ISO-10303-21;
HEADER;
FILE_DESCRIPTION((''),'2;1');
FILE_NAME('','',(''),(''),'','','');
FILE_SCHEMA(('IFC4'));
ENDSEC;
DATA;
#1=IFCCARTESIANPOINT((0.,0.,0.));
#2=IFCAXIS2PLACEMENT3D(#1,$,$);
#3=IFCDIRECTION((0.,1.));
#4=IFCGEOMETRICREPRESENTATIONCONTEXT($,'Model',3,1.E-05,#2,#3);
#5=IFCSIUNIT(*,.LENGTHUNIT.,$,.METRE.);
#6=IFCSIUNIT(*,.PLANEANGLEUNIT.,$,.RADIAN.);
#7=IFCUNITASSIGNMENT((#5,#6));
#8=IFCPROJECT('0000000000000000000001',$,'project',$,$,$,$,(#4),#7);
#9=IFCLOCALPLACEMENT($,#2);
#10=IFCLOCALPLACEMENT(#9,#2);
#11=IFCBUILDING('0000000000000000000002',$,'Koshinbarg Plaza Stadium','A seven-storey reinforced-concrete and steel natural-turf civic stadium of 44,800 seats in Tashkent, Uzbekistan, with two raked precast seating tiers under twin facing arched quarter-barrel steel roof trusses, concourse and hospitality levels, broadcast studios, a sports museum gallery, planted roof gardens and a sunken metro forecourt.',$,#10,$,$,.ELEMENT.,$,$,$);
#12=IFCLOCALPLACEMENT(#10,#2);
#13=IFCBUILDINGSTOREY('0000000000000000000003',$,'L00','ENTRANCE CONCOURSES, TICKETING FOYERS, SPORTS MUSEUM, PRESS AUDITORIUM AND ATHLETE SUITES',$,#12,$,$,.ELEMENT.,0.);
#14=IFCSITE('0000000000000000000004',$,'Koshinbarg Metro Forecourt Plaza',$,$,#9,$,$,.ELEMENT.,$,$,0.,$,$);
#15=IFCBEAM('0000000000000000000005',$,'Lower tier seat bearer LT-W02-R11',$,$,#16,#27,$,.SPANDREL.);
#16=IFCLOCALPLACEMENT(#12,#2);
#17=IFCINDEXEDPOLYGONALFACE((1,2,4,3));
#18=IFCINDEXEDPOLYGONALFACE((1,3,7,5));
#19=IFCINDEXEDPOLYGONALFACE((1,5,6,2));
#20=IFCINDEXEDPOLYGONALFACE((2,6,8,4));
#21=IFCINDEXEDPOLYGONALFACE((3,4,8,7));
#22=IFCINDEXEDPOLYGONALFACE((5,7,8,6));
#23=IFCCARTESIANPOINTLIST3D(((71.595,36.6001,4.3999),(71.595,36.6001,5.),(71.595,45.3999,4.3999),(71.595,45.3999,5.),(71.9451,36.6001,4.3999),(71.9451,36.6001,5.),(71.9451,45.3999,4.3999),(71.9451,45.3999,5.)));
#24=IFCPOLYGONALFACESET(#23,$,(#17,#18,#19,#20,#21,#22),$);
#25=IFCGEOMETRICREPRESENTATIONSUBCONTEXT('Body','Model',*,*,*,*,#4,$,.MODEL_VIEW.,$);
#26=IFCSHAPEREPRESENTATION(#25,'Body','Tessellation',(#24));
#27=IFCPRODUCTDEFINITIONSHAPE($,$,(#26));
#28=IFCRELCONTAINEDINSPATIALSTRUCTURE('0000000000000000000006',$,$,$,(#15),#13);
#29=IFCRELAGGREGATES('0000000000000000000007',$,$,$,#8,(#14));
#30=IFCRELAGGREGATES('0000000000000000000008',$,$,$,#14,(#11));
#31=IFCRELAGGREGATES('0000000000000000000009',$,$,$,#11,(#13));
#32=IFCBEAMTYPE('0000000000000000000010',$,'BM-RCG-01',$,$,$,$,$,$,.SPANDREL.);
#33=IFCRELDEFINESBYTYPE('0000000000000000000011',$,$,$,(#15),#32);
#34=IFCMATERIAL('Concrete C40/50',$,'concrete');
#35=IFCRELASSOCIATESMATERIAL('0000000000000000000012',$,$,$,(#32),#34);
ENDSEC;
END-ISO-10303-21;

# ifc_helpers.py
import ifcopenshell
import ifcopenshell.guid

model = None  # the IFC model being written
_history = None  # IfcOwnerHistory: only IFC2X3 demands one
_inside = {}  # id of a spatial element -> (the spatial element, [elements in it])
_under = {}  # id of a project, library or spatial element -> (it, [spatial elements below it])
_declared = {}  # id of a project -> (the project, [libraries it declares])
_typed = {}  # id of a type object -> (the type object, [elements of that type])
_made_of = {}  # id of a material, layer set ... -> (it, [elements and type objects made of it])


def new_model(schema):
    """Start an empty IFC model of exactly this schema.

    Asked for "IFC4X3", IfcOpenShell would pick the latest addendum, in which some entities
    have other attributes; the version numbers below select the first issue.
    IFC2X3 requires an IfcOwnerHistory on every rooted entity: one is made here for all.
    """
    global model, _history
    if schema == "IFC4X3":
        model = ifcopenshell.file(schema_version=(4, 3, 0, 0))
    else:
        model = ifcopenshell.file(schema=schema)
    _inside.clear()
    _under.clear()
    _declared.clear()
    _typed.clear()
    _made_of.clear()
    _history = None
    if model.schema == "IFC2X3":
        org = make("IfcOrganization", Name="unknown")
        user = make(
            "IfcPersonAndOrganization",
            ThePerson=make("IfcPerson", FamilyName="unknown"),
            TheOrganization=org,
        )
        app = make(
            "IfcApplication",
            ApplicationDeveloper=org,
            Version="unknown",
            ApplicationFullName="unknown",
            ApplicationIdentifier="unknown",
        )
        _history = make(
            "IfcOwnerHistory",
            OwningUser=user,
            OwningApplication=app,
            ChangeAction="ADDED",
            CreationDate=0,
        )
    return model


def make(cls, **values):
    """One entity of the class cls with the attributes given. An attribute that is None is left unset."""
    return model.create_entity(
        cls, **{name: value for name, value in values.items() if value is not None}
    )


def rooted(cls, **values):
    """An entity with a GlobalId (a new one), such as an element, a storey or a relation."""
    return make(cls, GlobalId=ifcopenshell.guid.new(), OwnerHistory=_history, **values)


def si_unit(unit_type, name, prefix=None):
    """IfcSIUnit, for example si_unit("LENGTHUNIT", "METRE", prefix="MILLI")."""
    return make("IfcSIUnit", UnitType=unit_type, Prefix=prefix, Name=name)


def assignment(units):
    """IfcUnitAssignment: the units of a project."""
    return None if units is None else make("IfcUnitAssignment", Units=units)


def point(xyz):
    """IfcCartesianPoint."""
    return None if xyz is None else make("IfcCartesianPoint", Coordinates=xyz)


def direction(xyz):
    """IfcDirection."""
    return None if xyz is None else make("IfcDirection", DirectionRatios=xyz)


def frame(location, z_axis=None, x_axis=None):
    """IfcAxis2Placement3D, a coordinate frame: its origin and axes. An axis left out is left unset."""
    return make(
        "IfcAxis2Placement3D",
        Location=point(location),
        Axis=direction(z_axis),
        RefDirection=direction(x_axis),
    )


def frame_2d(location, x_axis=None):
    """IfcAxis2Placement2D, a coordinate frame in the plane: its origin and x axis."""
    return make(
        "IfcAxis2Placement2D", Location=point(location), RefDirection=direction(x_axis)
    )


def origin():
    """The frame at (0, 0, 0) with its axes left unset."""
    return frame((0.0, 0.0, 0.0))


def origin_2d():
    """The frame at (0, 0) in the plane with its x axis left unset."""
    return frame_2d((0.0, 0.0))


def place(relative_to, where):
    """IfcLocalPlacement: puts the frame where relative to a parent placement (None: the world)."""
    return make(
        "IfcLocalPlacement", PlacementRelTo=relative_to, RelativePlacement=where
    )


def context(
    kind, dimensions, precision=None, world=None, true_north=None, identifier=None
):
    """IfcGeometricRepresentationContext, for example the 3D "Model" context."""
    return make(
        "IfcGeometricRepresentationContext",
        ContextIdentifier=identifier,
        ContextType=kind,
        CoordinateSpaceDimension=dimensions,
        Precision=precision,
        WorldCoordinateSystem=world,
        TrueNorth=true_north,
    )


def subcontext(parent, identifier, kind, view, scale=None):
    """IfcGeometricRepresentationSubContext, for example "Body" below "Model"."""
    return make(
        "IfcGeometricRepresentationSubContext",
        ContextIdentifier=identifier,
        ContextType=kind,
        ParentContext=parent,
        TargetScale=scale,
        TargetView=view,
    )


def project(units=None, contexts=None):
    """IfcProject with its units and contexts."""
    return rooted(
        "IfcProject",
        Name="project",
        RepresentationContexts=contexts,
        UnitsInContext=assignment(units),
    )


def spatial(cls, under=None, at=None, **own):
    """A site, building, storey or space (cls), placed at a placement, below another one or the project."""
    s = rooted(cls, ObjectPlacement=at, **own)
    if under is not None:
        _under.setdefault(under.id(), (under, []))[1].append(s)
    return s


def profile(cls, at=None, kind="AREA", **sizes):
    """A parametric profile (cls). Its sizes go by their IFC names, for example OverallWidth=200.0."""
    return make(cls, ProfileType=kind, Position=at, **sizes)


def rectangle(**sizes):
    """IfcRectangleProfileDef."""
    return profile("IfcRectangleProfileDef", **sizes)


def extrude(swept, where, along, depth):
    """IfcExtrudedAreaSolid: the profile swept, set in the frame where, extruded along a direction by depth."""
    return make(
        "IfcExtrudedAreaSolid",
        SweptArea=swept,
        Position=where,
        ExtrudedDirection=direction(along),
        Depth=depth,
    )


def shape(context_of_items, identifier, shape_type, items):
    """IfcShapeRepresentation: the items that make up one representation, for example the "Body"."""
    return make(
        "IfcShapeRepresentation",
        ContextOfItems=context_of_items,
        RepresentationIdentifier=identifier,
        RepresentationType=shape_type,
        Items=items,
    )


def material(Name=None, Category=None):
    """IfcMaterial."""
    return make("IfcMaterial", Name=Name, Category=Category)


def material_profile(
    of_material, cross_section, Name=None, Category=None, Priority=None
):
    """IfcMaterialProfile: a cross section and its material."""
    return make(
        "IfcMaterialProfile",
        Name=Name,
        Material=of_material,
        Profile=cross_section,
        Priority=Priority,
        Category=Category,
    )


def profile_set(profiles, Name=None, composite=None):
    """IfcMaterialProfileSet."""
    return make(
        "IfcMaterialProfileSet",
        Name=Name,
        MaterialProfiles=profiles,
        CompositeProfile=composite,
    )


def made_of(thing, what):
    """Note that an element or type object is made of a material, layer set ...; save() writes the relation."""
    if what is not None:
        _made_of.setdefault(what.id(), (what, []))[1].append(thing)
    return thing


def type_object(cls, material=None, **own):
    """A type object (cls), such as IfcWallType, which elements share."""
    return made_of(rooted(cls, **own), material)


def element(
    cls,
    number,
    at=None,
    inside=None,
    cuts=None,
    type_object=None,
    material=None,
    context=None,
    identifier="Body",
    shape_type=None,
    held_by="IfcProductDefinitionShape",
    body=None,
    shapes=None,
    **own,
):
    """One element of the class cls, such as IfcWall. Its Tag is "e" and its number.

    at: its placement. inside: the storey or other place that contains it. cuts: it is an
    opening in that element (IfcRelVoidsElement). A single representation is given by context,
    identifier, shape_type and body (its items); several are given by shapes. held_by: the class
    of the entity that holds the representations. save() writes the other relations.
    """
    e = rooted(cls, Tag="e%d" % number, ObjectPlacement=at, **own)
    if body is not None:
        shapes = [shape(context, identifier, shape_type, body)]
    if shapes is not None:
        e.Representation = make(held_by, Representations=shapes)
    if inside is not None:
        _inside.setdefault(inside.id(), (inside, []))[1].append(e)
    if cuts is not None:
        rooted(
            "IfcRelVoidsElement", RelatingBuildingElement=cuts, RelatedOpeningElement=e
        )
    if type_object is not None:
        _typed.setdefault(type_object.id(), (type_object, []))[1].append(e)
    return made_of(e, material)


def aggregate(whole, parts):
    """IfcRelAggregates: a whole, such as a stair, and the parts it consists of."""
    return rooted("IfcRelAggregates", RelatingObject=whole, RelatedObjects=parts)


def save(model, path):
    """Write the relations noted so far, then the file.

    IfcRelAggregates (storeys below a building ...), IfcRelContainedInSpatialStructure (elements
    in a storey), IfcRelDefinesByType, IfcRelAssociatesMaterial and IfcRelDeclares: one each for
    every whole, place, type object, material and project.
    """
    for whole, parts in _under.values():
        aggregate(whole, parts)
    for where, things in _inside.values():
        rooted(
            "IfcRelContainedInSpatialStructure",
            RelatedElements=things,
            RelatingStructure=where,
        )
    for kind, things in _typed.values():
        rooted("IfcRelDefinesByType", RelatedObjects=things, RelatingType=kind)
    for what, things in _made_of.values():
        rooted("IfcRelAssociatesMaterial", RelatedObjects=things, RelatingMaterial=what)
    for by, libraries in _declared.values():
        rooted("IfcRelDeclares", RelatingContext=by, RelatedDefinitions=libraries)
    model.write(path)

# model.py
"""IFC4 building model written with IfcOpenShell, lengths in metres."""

from ifc_helpers import new_model, si_unit, direction, frame, origin, origin_2d, place, context, subcontext, project, spatial, rectangle, extrude, material, material_profile, profile_set, type_object, element, save


model = new_model("IFC4")

# Units and contexts
model_context = context("Model", 3, precision=1e-05, world=origin(), true_north=direction((0.0, 1.0)))
body_context = subcontext(model_context, "Body", "Model", "MODEL_VIEW")
ifc_project = project(units=[si_unit("LENGTHUNIT", "METRE"), si_unit("PLANEANGLEUNIT", "RADIAN")], contexts=[model_context])

# Site, building, storey
site_placement = place(None, origin())
site = spatial("IfcSite", under=ifc_project, at=site_placement, Name="Koshinbarg Metro Forecourt Plaza", CompositionType="ELEMENT", RefElevation=0.0)
building_placement = place(site_placement, origin())
building = spatial("IfcBuilding", under=site, at=building_placement, Name="Koshinbarg Plaza Stadium", Description="A seven-storey reinforced-concrete and steel natural-turf civic stadium of 44,800 seats in Tashkent, Uzbekistan, with two raked precast seating tiers under twin facing arched quarter-barrel steel roof trusses, concourse and hospitality levels, broadcast studios, a sports museum gallery, planted roof gardens and a sunken metro forecourt.", CompositionType="ELEMENT")
storey_placement = place(building_placement, origin())
storey = spatial("IfcBuildingStorey", under=building, at=storey_placement, Name="L00", Description="ENTRANCE CONCOURSES, TICKETING FOYERS, SPORTS MUSEUM, PRESS AUDITORIUM AND ATHLETE SUITES", CompositionType="ELEMENT", Elevation=0.0)

# Shared definitions
ifc_material_1 = material(Name="Concrete C40/50", Category="concrete")

# Beam
ifc_material_profile_1 = material_profile(ifc_material_1, rectangle(XDim=0.3501, YDim=0.6001, at=origin_2d()), Name="RC 350x600")
ifc_profile_set_1 = profile_set([ifc_material_profile_1], Name="Concrete C40/50")
beam_type = type_object("IfcBeamType", Name="BM-RCG-01", PredefinedType="SPANDREL", material=ifc_profile_set_1)
for number, where, z_axis, x_axis, name in (
    (1, (71.77, 36.6001, 4.7), (0.0, 1.0, 0.0), (-1.0, 0.0, 0.0), "Lower tier seat bearer LT-W02-R11"),
):
    element("IfcBeam", number, at=place(storey_placement, frame(where, z_axis=z_axis, x_axis=x_axis)), inside=storey, type_object=beam_type, Name=name, PredefinedType="SPANDREL", context=body_context, shape_type="SweptSolid", body=[
        extrude(rectangle(XDim=0.3501, YDim=0.6001, at=origin_2d()), origin(), (0.0, 0.0, 1.0), 8.7998),
    ])

save(model, "model.ifc")
